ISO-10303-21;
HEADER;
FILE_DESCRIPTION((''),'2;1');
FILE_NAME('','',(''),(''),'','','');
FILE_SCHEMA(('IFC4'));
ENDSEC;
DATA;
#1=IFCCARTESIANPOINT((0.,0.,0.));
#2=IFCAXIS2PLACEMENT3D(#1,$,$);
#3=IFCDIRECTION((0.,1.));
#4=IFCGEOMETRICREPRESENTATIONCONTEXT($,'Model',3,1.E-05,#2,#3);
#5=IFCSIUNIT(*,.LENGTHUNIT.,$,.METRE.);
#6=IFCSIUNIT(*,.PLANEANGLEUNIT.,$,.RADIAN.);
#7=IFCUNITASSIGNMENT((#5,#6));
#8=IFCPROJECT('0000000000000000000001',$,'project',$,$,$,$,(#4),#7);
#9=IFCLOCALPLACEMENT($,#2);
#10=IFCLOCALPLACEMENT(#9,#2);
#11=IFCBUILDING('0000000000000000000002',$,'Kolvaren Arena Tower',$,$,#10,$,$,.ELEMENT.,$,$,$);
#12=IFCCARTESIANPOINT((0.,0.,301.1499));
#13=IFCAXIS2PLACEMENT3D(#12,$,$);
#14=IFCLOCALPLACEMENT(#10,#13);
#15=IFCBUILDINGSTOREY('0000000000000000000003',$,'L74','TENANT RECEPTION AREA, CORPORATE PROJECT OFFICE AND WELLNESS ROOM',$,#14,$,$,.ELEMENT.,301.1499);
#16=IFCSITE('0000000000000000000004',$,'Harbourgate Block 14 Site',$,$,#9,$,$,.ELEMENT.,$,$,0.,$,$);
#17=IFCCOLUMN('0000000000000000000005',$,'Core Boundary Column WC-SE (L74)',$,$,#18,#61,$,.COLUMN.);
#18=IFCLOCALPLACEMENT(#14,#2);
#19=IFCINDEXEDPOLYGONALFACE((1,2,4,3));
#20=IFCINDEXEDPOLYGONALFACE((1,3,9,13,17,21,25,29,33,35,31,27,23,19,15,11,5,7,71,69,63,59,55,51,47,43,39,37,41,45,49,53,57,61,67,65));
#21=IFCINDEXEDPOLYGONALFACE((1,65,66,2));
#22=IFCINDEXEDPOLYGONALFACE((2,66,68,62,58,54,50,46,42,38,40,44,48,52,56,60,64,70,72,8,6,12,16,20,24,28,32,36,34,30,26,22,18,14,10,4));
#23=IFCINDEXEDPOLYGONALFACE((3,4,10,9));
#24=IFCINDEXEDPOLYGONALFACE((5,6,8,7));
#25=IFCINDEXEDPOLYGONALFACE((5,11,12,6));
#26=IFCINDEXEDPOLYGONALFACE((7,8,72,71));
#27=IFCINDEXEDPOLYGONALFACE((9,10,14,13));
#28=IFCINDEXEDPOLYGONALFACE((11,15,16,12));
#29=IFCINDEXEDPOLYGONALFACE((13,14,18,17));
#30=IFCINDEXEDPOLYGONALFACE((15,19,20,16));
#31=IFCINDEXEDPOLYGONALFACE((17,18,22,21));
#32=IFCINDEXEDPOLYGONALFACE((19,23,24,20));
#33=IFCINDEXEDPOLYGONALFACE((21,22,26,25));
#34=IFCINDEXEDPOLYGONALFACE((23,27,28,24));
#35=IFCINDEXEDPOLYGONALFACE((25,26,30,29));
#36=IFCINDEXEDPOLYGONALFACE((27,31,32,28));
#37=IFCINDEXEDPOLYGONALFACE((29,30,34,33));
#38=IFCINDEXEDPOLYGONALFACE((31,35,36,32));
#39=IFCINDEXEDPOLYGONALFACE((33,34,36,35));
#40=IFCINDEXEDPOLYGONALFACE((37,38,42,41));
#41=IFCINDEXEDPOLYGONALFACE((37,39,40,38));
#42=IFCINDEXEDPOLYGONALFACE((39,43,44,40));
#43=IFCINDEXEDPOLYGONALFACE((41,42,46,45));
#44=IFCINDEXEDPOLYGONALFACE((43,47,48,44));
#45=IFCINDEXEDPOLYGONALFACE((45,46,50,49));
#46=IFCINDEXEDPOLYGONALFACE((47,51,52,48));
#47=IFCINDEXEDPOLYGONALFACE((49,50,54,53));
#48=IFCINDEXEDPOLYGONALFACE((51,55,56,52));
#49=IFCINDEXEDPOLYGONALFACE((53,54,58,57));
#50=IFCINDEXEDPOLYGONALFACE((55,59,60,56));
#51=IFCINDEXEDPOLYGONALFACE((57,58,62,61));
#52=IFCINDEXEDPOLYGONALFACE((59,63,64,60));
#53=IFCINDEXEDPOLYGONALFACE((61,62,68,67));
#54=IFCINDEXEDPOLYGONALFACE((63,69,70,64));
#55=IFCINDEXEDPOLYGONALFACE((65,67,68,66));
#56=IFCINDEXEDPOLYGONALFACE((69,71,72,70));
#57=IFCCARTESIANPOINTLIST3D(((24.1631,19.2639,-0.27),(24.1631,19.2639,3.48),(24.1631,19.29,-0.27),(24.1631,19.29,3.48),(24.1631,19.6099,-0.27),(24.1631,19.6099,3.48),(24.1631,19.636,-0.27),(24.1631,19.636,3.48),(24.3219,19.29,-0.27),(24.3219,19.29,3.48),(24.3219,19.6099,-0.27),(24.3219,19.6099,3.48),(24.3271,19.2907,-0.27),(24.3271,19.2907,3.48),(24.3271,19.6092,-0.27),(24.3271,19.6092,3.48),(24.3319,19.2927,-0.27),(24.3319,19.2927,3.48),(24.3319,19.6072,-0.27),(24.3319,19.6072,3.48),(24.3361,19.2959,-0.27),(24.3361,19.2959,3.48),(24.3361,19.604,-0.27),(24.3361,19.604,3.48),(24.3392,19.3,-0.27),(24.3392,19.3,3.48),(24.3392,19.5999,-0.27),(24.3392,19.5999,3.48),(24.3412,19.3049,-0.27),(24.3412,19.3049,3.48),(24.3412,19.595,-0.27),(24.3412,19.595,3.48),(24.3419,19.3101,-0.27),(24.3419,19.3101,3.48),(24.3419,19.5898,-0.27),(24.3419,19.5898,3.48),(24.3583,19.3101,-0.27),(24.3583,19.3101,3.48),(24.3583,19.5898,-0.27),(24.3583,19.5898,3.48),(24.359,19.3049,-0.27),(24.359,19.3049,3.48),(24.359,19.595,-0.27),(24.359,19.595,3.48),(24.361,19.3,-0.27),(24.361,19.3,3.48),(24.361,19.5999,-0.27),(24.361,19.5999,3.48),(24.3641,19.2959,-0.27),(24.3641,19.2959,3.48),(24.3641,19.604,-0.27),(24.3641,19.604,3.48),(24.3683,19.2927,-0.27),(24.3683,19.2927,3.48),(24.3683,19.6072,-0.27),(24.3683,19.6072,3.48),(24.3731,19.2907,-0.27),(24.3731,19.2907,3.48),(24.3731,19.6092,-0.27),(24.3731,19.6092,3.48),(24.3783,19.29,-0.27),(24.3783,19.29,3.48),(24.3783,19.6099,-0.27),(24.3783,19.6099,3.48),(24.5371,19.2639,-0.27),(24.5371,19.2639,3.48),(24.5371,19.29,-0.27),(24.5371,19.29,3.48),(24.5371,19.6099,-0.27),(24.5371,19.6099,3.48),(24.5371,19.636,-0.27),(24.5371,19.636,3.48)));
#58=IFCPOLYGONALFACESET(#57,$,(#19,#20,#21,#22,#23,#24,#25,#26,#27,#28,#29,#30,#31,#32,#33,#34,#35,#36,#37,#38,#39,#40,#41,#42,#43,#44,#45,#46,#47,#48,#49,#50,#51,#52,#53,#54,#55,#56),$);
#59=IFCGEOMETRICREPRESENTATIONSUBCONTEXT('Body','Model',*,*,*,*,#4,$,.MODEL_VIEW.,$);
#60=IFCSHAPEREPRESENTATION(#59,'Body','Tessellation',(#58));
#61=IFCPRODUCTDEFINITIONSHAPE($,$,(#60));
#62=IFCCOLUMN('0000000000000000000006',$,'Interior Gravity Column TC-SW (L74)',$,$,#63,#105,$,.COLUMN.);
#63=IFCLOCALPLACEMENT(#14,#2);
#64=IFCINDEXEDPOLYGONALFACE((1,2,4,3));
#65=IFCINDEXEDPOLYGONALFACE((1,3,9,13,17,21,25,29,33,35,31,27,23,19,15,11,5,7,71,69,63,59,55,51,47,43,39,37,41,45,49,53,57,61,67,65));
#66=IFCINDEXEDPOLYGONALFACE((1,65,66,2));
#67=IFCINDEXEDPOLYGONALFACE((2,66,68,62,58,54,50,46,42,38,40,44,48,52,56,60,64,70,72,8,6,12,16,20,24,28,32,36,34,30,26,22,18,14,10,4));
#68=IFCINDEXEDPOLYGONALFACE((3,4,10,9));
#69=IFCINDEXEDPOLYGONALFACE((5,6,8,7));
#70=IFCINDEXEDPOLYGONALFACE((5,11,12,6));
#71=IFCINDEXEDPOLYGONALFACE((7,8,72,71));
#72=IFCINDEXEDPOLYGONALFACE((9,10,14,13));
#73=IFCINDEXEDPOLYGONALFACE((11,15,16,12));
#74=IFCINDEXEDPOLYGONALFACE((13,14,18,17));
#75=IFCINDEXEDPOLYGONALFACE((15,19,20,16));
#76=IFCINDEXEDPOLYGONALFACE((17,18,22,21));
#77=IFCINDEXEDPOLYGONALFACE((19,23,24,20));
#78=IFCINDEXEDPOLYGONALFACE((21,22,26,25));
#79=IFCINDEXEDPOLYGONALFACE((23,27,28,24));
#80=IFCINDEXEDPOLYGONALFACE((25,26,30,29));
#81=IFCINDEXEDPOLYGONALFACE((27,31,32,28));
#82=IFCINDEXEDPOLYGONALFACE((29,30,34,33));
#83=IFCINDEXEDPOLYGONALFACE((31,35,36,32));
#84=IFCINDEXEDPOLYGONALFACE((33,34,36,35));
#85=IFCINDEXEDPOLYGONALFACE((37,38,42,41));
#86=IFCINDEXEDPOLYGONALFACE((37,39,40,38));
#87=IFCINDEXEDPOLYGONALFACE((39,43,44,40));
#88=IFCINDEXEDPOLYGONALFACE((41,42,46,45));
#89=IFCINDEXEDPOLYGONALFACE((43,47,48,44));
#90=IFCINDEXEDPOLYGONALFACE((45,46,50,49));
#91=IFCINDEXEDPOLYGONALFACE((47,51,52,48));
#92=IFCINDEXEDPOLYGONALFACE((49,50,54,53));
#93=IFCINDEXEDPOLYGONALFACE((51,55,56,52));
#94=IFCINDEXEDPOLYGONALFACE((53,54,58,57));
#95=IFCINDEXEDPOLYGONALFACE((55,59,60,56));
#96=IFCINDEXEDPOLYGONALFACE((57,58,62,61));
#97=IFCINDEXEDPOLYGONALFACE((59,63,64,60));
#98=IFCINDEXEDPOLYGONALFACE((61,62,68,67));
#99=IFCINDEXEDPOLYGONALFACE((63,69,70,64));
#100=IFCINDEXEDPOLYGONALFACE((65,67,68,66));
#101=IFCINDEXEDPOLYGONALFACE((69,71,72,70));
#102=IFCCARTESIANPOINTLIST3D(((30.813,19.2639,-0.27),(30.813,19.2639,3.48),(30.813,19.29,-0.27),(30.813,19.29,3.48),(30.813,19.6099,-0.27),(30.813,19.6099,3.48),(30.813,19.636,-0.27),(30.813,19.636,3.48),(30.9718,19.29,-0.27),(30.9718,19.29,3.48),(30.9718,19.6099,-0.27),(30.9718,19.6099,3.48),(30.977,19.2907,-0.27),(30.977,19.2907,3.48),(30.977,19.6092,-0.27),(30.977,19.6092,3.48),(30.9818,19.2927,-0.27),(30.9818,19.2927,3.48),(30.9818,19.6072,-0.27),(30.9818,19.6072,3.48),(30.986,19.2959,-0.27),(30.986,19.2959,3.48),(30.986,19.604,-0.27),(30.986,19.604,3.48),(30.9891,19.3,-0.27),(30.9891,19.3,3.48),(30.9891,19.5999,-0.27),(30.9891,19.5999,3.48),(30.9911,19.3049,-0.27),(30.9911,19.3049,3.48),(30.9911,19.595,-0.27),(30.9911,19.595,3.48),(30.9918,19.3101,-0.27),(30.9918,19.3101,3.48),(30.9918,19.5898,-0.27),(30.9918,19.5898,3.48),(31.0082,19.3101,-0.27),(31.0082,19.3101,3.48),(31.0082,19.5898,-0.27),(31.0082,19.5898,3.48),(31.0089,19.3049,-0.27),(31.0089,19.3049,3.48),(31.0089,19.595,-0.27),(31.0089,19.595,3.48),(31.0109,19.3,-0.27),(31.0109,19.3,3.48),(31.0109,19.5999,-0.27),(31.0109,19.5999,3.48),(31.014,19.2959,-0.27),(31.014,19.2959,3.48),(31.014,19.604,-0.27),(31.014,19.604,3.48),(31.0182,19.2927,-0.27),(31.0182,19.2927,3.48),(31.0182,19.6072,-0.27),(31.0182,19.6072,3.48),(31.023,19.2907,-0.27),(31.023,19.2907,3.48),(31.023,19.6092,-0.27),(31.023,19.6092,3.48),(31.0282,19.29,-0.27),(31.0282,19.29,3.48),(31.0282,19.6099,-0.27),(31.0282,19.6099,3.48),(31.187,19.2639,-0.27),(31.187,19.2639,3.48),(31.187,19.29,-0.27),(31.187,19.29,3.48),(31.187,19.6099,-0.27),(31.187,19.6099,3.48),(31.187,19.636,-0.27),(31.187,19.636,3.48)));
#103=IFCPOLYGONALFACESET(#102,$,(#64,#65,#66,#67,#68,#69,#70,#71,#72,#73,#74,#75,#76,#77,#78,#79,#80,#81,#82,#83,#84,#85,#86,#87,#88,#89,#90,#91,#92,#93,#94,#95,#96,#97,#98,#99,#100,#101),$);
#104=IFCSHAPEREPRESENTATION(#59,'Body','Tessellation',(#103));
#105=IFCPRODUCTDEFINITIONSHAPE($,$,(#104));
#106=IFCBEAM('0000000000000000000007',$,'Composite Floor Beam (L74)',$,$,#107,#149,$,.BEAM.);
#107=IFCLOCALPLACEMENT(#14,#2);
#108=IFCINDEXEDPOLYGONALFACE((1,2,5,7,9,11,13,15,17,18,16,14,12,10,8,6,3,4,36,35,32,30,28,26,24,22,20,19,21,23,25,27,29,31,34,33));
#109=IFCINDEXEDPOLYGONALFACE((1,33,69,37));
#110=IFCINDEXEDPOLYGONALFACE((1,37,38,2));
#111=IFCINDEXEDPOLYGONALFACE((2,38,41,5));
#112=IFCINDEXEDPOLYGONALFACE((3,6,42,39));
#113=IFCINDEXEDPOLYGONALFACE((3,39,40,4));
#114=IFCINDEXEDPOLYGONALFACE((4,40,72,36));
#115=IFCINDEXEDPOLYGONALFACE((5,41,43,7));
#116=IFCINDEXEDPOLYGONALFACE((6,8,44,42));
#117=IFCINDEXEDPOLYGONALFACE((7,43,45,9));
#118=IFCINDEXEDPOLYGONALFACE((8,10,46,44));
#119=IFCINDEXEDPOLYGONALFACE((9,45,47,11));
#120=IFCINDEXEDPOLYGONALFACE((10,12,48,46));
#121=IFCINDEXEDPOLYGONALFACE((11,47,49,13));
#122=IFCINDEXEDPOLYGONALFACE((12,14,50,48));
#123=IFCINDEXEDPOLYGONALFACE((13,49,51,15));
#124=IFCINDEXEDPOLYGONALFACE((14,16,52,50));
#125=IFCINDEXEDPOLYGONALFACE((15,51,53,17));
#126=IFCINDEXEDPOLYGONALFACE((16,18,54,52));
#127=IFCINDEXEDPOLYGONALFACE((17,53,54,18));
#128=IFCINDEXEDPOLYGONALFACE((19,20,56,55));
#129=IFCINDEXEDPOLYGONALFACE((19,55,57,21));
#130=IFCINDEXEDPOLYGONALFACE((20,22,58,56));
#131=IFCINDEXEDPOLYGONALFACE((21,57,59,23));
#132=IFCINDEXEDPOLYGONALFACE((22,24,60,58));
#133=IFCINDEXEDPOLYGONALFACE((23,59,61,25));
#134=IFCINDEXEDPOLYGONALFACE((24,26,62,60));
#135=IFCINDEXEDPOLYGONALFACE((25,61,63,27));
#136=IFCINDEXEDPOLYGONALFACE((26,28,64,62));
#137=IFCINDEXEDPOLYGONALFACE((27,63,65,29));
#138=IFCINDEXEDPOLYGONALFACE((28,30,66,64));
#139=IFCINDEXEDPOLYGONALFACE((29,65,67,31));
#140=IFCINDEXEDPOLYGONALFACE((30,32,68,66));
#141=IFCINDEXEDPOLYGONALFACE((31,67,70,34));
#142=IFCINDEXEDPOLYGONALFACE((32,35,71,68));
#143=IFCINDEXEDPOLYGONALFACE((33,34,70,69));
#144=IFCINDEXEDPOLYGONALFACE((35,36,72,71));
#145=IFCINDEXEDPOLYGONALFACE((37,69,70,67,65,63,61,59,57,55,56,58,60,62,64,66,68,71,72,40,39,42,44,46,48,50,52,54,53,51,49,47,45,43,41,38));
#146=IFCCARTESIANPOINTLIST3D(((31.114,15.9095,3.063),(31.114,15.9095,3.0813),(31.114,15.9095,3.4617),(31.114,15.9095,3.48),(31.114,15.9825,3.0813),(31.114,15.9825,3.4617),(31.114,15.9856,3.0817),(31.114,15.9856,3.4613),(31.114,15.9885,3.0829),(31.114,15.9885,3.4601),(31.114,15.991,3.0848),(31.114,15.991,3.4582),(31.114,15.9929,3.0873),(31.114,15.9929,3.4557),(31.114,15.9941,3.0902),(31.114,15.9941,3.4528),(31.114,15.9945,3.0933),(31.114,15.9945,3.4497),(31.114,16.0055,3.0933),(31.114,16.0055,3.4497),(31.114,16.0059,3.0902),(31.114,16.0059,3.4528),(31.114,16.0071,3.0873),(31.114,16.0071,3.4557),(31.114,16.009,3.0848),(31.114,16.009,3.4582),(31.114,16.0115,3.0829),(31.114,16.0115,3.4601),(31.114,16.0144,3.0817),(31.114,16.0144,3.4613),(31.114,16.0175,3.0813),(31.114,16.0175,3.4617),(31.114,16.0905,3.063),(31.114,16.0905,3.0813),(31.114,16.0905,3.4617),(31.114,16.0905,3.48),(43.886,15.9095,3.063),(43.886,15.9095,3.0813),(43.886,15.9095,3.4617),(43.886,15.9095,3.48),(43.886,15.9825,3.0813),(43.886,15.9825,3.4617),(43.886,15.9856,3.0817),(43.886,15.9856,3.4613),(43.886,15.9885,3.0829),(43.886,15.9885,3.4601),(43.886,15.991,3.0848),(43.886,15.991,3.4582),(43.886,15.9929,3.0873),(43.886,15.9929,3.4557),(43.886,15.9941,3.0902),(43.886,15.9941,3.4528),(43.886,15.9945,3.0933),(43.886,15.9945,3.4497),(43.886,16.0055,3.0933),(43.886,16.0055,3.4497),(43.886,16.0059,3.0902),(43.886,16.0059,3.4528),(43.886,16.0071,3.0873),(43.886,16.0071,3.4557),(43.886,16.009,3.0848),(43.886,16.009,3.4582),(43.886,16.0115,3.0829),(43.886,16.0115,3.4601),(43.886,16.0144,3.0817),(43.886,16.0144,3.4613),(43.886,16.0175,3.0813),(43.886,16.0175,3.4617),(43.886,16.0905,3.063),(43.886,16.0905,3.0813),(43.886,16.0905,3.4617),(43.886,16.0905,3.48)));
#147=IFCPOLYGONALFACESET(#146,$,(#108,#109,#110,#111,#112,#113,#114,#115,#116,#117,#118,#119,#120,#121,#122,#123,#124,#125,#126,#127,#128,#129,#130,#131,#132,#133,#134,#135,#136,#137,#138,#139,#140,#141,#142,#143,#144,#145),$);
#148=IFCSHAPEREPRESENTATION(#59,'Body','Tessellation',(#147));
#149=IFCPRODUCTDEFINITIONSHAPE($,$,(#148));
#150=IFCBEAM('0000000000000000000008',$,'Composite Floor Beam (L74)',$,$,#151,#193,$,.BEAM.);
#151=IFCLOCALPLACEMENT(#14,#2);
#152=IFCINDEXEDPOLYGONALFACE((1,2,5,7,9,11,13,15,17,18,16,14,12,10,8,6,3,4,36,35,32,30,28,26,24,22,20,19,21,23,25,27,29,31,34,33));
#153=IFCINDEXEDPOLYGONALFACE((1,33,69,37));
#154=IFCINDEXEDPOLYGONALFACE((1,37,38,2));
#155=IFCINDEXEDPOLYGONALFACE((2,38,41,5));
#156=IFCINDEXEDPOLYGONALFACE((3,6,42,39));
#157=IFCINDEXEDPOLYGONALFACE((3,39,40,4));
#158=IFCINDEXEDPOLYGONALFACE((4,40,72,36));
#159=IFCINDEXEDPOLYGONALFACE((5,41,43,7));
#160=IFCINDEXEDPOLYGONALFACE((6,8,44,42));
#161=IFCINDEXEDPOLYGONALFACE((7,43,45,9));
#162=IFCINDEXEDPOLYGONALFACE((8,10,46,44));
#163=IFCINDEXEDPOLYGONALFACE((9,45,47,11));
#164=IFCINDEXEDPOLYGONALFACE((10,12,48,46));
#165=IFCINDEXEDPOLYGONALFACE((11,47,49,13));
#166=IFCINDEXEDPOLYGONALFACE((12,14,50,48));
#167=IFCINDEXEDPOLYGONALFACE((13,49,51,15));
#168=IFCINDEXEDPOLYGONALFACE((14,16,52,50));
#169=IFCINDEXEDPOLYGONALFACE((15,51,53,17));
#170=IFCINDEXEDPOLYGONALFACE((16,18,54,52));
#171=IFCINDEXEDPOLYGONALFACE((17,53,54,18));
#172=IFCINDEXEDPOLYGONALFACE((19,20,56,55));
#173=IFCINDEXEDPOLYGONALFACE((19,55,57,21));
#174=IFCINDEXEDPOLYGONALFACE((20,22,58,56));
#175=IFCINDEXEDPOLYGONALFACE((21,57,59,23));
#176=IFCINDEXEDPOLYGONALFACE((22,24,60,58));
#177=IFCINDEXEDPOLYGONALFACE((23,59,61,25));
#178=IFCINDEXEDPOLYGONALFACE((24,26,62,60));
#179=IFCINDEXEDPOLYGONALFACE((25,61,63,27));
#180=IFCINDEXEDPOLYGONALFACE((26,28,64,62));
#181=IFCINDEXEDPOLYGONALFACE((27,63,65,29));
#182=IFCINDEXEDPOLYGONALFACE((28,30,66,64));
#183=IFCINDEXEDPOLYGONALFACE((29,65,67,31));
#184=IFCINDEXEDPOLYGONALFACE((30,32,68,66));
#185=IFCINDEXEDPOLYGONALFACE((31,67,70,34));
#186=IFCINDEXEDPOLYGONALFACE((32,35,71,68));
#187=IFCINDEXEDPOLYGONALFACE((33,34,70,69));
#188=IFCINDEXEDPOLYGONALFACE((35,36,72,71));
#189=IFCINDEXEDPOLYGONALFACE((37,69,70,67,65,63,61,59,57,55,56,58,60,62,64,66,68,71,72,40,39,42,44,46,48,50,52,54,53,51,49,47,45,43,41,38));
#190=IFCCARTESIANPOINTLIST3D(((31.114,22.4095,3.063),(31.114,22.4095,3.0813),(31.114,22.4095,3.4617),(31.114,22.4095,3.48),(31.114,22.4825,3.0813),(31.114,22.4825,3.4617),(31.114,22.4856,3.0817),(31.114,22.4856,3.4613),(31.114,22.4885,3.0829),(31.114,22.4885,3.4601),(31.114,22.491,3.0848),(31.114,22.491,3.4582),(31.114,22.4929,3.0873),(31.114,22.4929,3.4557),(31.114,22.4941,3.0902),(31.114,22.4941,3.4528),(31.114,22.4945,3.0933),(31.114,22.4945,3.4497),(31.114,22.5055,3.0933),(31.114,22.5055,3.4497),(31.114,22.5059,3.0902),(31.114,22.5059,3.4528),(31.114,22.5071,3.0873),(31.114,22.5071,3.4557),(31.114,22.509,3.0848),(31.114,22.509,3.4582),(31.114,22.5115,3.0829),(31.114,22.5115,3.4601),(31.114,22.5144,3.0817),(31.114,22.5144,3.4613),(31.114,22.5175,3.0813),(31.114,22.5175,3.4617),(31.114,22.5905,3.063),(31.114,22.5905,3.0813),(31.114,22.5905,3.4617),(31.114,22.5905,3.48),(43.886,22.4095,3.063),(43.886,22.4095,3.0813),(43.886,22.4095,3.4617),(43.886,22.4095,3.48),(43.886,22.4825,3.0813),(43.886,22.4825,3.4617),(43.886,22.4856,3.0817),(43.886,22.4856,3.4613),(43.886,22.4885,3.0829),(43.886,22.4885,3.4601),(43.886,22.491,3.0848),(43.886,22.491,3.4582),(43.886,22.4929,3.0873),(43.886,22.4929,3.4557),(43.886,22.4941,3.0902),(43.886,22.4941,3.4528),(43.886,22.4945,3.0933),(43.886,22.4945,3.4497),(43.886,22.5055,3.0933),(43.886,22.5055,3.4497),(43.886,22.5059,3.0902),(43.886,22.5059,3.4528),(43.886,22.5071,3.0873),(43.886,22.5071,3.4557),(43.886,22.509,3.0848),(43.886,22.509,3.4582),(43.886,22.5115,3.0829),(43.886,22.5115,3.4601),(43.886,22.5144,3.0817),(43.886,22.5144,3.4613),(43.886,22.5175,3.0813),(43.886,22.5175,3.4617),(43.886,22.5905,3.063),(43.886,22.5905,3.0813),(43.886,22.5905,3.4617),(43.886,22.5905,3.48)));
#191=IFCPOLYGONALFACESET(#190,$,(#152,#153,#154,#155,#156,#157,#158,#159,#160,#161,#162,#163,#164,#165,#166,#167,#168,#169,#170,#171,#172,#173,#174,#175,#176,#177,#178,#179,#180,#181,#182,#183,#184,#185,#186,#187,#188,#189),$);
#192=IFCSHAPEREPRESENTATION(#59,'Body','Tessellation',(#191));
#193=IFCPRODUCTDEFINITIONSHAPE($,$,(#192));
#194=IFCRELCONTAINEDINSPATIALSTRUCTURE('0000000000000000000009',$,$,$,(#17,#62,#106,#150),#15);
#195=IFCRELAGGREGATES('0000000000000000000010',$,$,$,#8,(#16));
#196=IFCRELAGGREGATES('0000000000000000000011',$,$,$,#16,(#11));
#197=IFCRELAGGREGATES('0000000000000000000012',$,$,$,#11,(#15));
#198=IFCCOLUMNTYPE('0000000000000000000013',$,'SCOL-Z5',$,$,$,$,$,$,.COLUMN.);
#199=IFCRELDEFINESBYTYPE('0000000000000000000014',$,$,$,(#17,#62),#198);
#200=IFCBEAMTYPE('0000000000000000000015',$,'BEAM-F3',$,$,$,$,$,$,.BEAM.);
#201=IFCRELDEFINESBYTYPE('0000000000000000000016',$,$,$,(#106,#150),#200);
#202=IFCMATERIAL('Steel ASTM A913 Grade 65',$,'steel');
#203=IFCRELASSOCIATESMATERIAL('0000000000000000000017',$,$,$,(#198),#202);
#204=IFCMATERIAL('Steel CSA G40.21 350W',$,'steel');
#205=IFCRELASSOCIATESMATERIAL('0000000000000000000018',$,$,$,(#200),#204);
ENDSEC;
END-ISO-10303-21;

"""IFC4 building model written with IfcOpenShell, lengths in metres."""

from ifc_helpers import new_model, si_unit, direction, frame, origin, origin_2d, place, context, subcontext, project, spatial, i_section, extrude, material, material_profile, profile_set, type_object, element, save


model = new_model("IFC4")

# Units and contexts
model_context = context("Model", 3, precision=1e-05, world=origin(), true_north=direction((0.0, 1.0)))
body_context = subcontext(model_context, "Body", "Model", "MODEL_VIEW")
ifc_project = project(units=[si_unit("LENGTHUNIT", "METRE"), si_unit("PLANEANGLEUNIT", "RADIAN")], contexts=[model_context])

# Site, building, storey
site_placement = place(None, origin())
site = spatial("IfcSite", under=ifc_project, at=site_placement, Name="Harbourgate Block 14 Site", CompositionType="ELEMENT", RefElevation=0.0)
building_placement = place(site_placement, origin())
building = spatial("IfcBuilding", under=site, at=building_placement, Name="Kolvaren Arena Tower", CompositionType="ELEMENT")
storey_placement = place(building_placement, frame((0.0, 0.0, 301.1499)))
storey = spatial("IfcBuildingStorey", under=building, at=storey_placement, Name="L74", Description="TENANT RECEPTION AREA, CORPORATE PROJECT OFFICE AND WELLNESS ROOM", CompositionType="ELEMENT", Elevation=301.1499)

# Columns
ifc_material_1 = material(Name="Steel ASTM A913 Grade 65", Category="steel")
ifc_material_profile_1 = material_profile(ifc_material_1, i_section(OverallWidth=0.374, OverallDepth=0.3721, WebThickness=0.0164, FlangeThickness=0.0261, FilletRadius=0.02, at=origin_2d()), Name="W360x196")
ifc_profile_set_1 = profile_set([ifc_material_profile_1], Name="Steel ASTM A913 Grade 65")
column_type = type_object("IfcColumnType", Name="SCOL-Z5", PredefinedType="COLUMN", material=ifc_profile_set_1)
for number, where, z_axis, x_axis, name in (
    (1, (24.3501, 19.45, -0.27), (0.0, 0.0, 1.0), (1.0, 0.0, 0.0), "Core Boundary Column WC-SE (L74)"),
    (2, (31.0, 19.45, -0.27), (0.0, 0.0, 1.0), (1.0, 0.0, 0.0), "Interior Gravity Column TC-SW (L74)"),
):
    element("IfcColumn", number, at=place(storey_placement, frame(where, z_axis=z_axis, x_axis=x_axis)), inside=storey, type_object=column_type, Name=name, PredefinedType="COLUMN", context=body_context, shape_type="SweptSolid", body=[
        extrude(i_section(OverallWidth=0.374, OverallDepth=0.3721, WebThickness=0.0164, FlangeThickness=0.0261, FilletRadius=0.02, at=origin_2d()), origin(), (0.0, 0.0, 1.0), 3.75),
    ])

# Beams
ifc_material_2 = material(Name="Steel CSA G40.21 350W", Category="steel")
ifc_material_profile_2 = material_profile(ifc_material_2, i_section(OverallWidth=0.1809, OverallDepth=0.417, WebThickness=0.011, FlangeThickness=0.0183, FilletRadius=0.012, at=origin_2d()), Name="W410x85")
ifc_profile_set_2 = profile_set([ifc_material_profile_2], Name="Steel CSA G40.21 350W")
beam_type_1 = type_object("IfcBeamType", Name="BEAM-F3", PredefinedType="BEAM", material=ifc_profile_set_2)
for number, where, z_axis, x_axis, name in (
    (3, (31.114, 16.0, 3.2715), (1.0, 0.0, 0.0), (0.0, 1.0, 0.0), "Composite Floor Beam (L74)"),
    (4, (31.114, 22.5, 3.2715), (1.0, 0.0, 0.0), (0.0, 1.0, 0.0), "Composite Floor Beam (L74)"),
):
    element("IfcBeam", number, at=place(storey_placement, frame(where, z_axis=z_axis, x_axis=x_axis)), inside=storey, type_object=beam_type_1, Name=name, PredefinedType="BEAM", context=body_context, shape_type="SweptSolid", body=[
        extrude(i_section(OverallWidth=0.1809, OverallDepth=0.417, WebThickness=0.011, FlangeThickness=0.0183, FilletRadius=0.012, at=origin_2d()), origin(), (0.0, 0.0, 1.0), 12.772),
    ])

save(model, "model.ifc")
